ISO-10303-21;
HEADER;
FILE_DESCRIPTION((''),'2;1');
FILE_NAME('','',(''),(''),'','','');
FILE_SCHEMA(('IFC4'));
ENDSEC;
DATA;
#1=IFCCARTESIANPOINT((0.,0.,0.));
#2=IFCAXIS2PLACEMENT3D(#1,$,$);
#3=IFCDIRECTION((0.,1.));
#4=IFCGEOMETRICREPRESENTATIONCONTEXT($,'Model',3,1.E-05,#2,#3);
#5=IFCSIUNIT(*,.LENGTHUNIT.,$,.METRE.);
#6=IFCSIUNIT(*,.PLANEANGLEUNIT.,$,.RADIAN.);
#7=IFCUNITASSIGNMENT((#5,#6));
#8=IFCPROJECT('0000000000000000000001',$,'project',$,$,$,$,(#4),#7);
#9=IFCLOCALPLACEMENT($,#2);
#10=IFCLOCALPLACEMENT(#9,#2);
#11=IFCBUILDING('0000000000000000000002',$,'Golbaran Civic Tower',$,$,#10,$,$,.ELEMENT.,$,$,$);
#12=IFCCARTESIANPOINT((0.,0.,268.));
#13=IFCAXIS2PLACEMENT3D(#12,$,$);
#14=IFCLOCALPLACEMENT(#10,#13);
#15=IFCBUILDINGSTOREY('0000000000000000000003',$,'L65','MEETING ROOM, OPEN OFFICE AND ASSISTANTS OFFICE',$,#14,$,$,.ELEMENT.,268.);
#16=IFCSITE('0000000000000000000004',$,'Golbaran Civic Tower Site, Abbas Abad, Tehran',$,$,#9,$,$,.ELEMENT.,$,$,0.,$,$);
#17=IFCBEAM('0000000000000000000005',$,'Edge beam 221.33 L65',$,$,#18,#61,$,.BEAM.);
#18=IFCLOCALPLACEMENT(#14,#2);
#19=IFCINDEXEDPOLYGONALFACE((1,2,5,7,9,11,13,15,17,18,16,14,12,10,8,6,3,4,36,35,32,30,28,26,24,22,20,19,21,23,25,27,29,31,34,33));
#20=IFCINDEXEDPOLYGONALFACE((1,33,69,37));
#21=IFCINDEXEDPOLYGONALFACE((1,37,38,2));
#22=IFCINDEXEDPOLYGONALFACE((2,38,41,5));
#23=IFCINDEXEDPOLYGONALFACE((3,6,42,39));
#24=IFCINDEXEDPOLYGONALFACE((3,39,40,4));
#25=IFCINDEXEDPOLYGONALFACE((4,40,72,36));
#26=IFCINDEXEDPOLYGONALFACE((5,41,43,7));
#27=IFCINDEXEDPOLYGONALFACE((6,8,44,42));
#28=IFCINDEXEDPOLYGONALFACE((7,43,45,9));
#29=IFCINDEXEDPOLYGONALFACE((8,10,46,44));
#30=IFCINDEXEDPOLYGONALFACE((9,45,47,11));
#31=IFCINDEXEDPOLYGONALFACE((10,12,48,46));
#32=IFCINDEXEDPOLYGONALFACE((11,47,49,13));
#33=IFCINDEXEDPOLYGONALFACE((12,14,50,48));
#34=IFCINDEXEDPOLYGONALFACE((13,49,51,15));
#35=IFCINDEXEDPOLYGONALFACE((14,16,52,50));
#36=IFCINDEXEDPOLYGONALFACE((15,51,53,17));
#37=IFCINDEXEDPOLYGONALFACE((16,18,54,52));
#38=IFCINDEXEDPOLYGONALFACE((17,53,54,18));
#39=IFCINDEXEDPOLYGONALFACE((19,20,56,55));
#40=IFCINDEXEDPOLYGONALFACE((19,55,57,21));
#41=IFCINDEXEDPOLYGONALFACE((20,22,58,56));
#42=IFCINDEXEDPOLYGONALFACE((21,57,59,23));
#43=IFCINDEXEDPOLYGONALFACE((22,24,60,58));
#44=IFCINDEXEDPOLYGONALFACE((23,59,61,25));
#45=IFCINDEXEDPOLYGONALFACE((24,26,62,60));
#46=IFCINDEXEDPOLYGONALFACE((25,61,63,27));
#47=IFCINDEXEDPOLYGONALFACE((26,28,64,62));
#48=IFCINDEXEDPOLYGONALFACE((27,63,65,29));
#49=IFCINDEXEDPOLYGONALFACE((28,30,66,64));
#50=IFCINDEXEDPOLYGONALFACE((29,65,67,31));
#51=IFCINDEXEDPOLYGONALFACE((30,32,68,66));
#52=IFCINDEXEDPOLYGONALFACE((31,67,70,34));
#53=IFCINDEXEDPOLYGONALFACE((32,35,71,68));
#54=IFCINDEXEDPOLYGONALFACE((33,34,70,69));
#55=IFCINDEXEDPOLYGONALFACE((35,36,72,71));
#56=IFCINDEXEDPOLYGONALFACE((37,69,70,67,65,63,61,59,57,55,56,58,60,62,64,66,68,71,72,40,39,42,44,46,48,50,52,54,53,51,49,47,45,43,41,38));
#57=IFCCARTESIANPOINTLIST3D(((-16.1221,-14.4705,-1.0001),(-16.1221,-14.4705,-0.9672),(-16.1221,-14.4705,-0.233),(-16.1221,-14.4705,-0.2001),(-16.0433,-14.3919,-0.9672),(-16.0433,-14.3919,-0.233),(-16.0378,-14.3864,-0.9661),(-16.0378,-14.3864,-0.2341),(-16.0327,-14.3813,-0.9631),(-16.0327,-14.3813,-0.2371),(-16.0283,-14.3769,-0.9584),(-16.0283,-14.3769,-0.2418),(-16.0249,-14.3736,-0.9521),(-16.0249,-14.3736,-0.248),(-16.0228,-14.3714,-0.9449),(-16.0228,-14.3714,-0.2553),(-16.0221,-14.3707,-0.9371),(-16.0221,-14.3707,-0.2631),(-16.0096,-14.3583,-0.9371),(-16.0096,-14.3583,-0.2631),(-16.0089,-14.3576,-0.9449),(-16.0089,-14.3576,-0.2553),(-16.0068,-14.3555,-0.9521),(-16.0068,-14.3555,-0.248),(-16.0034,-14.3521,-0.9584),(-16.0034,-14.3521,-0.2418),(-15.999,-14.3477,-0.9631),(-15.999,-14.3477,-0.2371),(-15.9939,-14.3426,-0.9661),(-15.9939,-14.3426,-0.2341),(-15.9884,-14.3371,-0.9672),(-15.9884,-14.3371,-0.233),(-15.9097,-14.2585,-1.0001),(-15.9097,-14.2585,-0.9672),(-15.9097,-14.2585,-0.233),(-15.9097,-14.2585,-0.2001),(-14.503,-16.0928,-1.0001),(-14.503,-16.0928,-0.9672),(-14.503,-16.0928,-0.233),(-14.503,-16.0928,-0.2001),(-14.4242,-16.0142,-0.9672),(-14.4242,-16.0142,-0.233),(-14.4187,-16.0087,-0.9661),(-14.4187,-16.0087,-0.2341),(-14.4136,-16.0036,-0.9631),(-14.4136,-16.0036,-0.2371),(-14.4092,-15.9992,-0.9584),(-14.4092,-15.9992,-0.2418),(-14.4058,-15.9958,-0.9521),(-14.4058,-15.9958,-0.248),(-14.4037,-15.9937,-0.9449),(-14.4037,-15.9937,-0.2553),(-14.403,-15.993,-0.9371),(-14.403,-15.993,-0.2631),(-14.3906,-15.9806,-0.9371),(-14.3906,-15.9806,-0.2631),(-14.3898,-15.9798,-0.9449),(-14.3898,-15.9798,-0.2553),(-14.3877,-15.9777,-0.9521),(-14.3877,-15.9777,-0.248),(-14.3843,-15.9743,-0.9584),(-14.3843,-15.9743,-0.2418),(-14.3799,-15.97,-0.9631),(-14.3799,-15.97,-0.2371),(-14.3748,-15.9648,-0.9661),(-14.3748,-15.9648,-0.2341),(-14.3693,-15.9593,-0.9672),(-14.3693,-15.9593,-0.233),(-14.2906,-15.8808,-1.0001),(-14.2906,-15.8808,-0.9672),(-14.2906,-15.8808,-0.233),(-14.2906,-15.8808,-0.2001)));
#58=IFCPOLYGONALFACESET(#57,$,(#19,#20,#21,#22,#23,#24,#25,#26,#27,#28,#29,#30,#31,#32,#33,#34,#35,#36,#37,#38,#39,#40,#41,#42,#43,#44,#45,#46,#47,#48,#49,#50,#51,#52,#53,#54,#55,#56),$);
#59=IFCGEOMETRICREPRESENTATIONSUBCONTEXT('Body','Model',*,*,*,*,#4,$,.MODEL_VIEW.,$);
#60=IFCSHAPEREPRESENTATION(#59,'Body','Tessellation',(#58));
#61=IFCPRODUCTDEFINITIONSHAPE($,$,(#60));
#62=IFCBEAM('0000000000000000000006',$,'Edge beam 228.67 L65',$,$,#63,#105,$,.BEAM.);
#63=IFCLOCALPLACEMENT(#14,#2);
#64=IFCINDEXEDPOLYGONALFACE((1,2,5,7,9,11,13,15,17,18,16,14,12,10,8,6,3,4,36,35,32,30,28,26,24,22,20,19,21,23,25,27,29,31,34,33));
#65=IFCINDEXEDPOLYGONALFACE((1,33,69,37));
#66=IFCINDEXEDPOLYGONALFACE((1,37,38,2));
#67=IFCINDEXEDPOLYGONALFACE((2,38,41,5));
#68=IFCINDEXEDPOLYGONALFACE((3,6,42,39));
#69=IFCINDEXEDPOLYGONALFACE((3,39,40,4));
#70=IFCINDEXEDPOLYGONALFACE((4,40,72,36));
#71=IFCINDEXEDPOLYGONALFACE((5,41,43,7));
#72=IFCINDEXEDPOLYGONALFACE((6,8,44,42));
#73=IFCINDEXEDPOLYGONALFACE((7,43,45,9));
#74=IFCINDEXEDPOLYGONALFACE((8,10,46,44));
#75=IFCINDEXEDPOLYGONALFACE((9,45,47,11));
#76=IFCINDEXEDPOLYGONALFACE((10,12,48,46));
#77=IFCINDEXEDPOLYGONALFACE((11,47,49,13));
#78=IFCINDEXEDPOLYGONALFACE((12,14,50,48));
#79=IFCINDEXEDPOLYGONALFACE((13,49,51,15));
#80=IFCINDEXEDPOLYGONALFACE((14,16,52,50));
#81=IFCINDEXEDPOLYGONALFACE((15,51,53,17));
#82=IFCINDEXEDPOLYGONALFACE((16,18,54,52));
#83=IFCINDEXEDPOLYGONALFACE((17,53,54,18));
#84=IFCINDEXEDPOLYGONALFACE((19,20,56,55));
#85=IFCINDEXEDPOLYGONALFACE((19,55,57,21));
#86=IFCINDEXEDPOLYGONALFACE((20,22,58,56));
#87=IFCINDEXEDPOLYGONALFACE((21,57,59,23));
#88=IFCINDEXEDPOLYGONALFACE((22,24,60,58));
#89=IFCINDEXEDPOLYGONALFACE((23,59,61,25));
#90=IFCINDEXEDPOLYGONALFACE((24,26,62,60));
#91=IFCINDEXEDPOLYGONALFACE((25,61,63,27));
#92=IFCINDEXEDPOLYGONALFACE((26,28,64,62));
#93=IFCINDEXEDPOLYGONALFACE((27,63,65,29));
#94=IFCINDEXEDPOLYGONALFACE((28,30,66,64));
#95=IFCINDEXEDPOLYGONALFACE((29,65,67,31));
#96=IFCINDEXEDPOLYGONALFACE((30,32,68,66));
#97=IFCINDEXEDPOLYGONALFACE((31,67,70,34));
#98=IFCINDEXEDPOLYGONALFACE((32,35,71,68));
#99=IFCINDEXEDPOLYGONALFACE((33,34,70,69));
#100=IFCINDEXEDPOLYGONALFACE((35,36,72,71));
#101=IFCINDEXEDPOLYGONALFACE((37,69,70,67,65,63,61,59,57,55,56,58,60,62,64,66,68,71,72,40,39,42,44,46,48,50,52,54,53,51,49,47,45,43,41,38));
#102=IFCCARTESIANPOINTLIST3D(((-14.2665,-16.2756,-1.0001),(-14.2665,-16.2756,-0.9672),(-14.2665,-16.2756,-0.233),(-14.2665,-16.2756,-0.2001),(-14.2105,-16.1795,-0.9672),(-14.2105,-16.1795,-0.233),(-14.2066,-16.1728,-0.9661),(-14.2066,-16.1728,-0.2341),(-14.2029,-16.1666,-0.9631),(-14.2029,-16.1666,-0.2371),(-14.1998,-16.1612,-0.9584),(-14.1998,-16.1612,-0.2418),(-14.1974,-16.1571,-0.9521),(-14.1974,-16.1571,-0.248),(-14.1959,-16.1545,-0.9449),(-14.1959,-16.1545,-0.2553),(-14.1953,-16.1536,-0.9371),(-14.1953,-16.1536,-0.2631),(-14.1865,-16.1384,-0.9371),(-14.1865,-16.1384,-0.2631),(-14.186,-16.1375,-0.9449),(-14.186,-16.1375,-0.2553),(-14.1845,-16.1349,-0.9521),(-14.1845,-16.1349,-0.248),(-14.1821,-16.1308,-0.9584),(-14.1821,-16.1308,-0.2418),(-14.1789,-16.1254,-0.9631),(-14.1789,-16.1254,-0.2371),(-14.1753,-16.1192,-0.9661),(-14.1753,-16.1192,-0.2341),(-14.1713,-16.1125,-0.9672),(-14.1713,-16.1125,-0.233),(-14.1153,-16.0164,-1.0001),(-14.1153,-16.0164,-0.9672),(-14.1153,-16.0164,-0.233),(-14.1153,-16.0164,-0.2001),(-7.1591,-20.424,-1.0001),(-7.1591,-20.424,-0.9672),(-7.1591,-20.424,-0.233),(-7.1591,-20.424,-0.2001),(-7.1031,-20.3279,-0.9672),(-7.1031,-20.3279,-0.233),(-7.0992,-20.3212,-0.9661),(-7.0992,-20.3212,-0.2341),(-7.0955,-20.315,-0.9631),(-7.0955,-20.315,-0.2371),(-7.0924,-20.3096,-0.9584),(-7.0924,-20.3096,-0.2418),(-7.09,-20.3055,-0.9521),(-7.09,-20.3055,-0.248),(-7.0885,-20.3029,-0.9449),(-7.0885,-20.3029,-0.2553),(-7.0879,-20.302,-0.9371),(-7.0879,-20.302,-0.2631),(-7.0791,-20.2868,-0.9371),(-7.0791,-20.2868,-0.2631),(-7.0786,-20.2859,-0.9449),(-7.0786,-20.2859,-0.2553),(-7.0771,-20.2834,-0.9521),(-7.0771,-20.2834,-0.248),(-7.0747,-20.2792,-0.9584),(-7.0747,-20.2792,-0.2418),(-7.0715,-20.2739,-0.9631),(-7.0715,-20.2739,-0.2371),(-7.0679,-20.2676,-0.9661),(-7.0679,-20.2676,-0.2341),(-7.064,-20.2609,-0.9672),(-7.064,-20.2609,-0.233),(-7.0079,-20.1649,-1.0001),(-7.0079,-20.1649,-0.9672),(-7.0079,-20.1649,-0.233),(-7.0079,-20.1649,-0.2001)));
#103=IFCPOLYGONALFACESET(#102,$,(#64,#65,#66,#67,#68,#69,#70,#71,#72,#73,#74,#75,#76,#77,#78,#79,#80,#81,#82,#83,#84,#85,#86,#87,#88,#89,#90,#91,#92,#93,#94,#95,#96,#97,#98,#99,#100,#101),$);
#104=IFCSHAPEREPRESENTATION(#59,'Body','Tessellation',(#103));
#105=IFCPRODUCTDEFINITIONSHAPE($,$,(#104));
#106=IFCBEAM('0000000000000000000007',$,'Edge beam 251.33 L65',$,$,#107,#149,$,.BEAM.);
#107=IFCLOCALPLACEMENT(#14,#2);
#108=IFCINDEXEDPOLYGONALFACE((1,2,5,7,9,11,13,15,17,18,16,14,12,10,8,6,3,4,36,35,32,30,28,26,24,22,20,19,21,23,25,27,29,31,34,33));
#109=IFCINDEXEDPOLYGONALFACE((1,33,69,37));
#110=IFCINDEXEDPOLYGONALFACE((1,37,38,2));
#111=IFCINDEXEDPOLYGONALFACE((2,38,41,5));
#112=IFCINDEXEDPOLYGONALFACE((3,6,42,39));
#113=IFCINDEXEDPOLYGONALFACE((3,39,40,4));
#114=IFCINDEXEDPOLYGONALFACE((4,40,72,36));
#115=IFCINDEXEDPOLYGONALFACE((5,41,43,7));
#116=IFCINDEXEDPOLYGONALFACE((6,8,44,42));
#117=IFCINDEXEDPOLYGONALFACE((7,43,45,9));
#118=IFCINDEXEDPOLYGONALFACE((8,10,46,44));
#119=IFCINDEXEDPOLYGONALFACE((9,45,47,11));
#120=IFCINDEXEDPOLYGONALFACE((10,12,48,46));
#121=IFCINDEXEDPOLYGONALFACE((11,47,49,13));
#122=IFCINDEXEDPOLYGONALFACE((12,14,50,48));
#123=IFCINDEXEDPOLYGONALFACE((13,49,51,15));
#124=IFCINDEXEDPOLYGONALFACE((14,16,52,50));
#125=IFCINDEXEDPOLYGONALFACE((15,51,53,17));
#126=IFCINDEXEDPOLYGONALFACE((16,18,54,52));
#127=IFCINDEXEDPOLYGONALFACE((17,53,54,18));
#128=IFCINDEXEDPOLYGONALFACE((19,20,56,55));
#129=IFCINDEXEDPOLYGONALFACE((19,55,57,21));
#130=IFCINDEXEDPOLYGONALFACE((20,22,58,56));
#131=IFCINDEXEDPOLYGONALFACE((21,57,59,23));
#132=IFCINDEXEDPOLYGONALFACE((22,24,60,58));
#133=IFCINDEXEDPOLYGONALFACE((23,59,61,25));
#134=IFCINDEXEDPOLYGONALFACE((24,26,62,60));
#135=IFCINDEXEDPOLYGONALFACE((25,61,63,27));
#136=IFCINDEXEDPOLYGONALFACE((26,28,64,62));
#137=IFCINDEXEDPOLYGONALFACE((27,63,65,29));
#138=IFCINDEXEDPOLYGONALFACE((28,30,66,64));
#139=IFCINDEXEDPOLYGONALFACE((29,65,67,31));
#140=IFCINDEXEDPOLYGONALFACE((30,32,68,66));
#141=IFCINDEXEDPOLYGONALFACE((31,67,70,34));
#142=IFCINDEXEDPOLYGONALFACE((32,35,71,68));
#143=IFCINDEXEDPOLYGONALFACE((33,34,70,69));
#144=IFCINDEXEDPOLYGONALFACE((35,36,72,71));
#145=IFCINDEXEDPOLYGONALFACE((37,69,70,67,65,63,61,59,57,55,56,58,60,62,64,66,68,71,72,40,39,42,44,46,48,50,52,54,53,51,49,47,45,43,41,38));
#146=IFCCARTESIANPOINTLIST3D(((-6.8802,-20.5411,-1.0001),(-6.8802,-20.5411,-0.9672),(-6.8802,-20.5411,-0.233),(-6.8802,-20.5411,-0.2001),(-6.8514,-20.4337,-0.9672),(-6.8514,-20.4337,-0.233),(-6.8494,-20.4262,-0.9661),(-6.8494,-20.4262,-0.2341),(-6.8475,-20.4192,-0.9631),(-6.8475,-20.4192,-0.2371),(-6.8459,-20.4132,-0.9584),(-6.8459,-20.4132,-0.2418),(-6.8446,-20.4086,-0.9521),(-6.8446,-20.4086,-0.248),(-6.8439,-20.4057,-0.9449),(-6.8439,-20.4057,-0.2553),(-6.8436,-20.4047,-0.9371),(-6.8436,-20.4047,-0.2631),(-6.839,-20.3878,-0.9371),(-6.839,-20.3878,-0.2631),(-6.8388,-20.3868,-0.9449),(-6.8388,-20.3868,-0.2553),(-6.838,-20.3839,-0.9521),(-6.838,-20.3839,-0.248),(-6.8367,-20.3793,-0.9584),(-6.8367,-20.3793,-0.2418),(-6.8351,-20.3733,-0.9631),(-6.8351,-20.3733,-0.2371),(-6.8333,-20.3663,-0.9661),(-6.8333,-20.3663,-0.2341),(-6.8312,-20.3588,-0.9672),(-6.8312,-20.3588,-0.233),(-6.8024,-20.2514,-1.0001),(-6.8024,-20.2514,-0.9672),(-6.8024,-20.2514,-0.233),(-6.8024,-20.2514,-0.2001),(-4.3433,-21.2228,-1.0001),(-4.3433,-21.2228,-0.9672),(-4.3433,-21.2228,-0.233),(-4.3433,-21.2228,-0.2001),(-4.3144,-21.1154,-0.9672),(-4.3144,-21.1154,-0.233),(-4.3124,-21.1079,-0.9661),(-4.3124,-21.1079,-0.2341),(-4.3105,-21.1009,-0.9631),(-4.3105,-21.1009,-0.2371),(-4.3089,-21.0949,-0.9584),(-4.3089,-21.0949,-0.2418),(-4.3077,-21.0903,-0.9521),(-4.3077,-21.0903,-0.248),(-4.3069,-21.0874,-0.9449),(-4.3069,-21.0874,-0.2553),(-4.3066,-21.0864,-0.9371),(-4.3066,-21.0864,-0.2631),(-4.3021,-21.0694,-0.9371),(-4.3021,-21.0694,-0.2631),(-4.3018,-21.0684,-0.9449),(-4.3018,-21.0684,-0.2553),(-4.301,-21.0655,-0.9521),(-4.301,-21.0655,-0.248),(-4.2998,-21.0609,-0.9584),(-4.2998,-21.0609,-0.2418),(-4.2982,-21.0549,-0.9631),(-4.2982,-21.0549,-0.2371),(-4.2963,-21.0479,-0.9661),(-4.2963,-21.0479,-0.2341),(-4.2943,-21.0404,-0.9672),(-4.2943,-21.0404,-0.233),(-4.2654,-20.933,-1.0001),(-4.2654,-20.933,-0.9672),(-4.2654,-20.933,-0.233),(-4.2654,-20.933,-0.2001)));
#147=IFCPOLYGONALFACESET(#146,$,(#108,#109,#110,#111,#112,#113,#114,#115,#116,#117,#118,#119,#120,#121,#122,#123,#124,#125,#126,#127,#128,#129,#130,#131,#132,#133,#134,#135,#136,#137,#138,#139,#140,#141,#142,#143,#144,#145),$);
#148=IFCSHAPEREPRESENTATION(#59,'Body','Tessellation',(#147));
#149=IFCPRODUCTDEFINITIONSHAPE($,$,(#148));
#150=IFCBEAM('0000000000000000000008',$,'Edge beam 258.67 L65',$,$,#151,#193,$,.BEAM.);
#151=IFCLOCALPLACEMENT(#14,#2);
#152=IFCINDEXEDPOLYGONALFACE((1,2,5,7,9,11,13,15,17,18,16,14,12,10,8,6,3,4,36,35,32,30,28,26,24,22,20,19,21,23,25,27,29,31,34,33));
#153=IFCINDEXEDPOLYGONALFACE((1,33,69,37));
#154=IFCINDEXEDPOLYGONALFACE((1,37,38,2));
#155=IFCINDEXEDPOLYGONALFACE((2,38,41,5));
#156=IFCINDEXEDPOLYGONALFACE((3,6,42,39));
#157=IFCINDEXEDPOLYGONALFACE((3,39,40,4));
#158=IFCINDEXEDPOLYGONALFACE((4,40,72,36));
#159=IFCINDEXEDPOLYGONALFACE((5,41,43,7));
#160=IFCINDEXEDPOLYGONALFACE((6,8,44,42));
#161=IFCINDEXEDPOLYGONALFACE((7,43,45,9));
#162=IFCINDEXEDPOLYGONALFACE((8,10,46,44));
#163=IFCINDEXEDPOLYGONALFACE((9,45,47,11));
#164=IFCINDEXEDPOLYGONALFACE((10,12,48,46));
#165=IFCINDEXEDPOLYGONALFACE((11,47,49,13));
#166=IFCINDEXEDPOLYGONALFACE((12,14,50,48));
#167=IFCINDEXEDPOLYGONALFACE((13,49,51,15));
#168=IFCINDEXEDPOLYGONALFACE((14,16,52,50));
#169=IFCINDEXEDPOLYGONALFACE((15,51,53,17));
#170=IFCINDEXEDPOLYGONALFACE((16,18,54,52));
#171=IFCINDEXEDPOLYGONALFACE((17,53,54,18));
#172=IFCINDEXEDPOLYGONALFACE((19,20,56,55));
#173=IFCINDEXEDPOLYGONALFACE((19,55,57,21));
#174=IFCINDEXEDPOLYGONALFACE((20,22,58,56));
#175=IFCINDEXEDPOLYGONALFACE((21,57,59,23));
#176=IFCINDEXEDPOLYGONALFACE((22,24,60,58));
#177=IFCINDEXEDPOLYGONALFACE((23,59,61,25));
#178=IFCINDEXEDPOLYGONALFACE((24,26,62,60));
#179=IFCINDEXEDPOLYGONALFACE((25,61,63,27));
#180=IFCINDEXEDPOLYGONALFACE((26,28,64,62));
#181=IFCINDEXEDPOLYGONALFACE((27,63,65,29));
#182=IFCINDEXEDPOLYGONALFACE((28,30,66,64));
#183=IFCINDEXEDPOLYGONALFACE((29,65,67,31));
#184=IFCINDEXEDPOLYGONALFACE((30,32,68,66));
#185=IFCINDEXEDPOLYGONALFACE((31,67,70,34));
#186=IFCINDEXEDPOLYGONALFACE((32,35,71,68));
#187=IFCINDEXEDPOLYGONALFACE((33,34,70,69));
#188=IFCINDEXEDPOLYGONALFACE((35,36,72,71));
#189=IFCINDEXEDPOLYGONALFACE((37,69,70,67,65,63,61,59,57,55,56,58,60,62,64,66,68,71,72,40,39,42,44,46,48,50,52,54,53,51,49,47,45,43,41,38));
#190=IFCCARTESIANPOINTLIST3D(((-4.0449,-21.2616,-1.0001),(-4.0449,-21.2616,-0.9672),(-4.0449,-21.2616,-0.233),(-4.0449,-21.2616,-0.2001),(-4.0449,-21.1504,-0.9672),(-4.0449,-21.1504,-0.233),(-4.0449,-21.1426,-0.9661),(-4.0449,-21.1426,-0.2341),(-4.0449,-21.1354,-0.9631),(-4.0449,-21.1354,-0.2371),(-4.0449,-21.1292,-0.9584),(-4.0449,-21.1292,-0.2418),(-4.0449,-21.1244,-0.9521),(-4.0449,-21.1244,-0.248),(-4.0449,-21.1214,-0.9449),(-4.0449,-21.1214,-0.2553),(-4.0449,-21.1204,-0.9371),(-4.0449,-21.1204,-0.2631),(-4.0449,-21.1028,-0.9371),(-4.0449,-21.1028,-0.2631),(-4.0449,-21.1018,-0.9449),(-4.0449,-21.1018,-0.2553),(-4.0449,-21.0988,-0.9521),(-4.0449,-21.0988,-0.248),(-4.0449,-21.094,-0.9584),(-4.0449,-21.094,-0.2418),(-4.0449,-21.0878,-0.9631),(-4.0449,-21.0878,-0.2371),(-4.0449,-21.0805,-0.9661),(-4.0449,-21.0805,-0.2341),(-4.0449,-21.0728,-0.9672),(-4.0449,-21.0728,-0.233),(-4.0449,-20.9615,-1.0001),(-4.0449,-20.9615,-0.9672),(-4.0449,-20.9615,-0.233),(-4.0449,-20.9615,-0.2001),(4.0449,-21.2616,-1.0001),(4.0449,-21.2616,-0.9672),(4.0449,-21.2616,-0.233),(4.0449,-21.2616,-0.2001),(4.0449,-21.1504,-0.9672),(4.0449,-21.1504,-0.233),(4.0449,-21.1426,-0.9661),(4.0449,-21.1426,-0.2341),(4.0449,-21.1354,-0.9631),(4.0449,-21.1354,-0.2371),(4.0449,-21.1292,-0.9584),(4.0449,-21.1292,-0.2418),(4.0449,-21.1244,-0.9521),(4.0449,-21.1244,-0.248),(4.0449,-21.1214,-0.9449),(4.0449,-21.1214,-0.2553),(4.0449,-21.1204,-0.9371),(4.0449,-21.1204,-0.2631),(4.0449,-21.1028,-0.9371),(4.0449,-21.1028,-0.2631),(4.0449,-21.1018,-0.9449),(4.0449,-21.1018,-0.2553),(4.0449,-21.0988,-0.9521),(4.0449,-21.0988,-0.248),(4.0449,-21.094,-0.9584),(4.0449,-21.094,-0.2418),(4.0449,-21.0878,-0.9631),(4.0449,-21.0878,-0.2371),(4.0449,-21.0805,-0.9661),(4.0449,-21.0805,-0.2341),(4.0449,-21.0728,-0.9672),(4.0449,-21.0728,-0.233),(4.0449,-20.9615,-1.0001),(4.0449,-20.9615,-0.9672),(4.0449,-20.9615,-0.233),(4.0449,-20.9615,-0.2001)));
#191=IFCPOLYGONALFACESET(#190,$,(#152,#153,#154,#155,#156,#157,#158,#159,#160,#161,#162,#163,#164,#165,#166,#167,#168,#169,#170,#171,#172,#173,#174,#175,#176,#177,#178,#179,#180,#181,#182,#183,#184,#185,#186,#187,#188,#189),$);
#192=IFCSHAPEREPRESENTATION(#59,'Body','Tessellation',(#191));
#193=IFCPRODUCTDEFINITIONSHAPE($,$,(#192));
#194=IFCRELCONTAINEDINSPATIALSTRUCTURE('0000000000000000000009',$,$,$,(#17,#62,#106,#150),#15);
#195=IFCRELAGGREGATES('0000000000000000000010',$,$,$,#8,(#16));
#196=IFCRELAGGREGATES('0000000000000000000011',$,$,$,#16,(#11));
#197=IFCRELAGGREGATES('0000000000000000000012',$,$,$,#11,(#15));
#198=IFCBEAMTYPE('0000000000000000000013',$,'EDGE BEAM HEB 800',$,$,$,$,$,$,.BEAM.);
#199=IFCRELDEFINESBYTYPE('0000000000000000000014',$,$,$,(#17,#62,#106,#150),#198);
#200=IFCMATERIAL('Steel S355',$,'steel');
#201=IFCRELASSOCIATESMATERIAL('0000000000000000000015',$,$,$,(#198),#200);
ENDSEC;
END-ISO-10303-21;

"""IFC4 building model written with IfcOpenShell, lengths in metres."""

from ifc_helpers import new_model, si_unit, direction, frame, origin, origin_2d, place, context, subcontext, project, spatial, i_section, extrude, material, material_profile, profile_set, type_object, element, save


model = new_model("IFC4")

# Units and contexts
model_context = context("Model", 3, precision=1e-05, world=origin(), true_north=direction((0.0, 1.0)))
body_context = subcontext(model_context, "Body", "Model", "MODEL_VIEW")
ifc_project = project(units=[si_unit("LENGTHUNIT", "METRE"), si_unit("PLANEANGLEUNIT", "RADIAN")], contexts=[model_context])

# Site, building, storey
site_placement = place(None, origin())
site = spatial("IfcSite", under=ifc_project, at=site_placement, Name="Golbaran Civic Tower Site, Abbas Abad, Tehran", CompositionType="ELEMENT", RefElevation=0.0)
building_placement = place(site_placement, origin())
building = spatial("IfcBuilding", under=site, at=building_placement, Name="Golbaran Civic Tower", CompositionType="ELEMENT")
storey_placement = place(building_placement, frame((0.0, 0.0, 268.0)))
storey = spatial("IfcBuildingStorey", under=building, at=storey_placement, Name="L65", Description="MEETING ROOM, OPEN OFFICE AND ASSISTANTS OFFICE", CompositionType="ELEMENT", Elevation=268.0)

# Beams
ifc_material_1 = material(Name="Steel S355", Category="steel")
ifc_material_profile_1 = material_profile(ifc_material_1, i_section(OverallWidth=0.3, OverallDepth=0.8, WebThickness=0.0176, FlangeThickness=0.033, FilletRadius=0.03, at=origin_2d()), Name="HEB 800")
ifc_profile_set_1 = profile_set([ifc_material_profile_1], Name="Steel S355")
beam_type_1 = type_object("IfcBeamType", Name="EDGE BEAM HEB 800", PredefinedType="BEAM", material=ifc_profile_set_1)
beam_1_placement = place(storey_placement, frame((-16.0159, -14.3645, -0.6001), z_axis=(0.706414, -0.707799, 0.0), x_axis=(0.707799, 0.706414, 0.0)))
element("IfcBeam", 1, at=beam_1_placement, inside=storey, type_object=beam_type_1, Name="Edge beam 221.33 L65", PredefinedType="BEAM", context=body_context, shape_type="SweptSolid", body=[
    extrude(i_section(OverallWidth=0.3, OverallDepth=0.8, WebThickness=0.0176, FlangeThickness=0.033, FilletRadius=0.03, at=origin_2d()), origin(), (0.0, 0.0, 1.0), 2.292),
])
beam_2_placement = place(storey_placement, frame((-14.1909, -16.146, -0.6001), z_axis=(0.86365, -0.504092, 0.0), x_axis=(0.504092, 0.86365, 0.0)))
element("IfcBeam", 2, at=beam_2_placement, inside=storey, type_object=beam_type_1, Name="Edge beam 228.67 L65", PredefinedType="BEAM", context=body_context, shape_type="SweptSolid", body=[
    extrude(i_section(OverallWidth=0.3, OverallDepth=0.8, WebThickness=0.0176, FlangeThickness=0.033, FilletRadius=0.03, at=origin_2d()), origin(), (0.0, 0.0, 1.0), 8.2295),
])
beam_3_placement = place(storey_placement, frame((-6.8413, -20.3962, -0.6001), z_axis=(0.965746, -0.25949, 0.0), x_axis=(0.25949, 0.965746, 0.0)))
element("IfcBeam", 3, at=beam_3_placement, inside=storey, type_object=beam_type_1, Name="Edge beam 251.33 L65", PredefinedType="BEAM", context=body_context, shape_type="SweptSolid", body=[
    extrude(i_section(OverallWidth=0.3, OverallDepth=0.8, WebThickness=0.0176, FlangeThickness=0.033, FilletRadius=0.03, at=origin_2d()), origin(), (0.0, 0.0, 1.0), 2.627),
])
beam_4_placement = place(storey_placement, frame((-4.0449, -21.1116, -0.6001), z_axis=(1.0, 0.0, 0.0), x_axis=(0.0, 1.0, 0.0)))
element("IfcBeam", 4, at=beam_4_placement, inside=storey, type_object=beam_type_1, Name="Edge beam 258.67 L65", PredefinedType="BEAM", context=body_context, shape_type="SweptSolid", body=[
    extrude(i_section(OverallWidth=0.3, OverallDepth=0.8, WebThickness=0.0176, FlangeThickness=0.033, FilletRadius=0.03, at=origin_2d()), origin(), (0.0, 0.0, 1.0), 8.0898),
])

save(model, "model.ifc")
